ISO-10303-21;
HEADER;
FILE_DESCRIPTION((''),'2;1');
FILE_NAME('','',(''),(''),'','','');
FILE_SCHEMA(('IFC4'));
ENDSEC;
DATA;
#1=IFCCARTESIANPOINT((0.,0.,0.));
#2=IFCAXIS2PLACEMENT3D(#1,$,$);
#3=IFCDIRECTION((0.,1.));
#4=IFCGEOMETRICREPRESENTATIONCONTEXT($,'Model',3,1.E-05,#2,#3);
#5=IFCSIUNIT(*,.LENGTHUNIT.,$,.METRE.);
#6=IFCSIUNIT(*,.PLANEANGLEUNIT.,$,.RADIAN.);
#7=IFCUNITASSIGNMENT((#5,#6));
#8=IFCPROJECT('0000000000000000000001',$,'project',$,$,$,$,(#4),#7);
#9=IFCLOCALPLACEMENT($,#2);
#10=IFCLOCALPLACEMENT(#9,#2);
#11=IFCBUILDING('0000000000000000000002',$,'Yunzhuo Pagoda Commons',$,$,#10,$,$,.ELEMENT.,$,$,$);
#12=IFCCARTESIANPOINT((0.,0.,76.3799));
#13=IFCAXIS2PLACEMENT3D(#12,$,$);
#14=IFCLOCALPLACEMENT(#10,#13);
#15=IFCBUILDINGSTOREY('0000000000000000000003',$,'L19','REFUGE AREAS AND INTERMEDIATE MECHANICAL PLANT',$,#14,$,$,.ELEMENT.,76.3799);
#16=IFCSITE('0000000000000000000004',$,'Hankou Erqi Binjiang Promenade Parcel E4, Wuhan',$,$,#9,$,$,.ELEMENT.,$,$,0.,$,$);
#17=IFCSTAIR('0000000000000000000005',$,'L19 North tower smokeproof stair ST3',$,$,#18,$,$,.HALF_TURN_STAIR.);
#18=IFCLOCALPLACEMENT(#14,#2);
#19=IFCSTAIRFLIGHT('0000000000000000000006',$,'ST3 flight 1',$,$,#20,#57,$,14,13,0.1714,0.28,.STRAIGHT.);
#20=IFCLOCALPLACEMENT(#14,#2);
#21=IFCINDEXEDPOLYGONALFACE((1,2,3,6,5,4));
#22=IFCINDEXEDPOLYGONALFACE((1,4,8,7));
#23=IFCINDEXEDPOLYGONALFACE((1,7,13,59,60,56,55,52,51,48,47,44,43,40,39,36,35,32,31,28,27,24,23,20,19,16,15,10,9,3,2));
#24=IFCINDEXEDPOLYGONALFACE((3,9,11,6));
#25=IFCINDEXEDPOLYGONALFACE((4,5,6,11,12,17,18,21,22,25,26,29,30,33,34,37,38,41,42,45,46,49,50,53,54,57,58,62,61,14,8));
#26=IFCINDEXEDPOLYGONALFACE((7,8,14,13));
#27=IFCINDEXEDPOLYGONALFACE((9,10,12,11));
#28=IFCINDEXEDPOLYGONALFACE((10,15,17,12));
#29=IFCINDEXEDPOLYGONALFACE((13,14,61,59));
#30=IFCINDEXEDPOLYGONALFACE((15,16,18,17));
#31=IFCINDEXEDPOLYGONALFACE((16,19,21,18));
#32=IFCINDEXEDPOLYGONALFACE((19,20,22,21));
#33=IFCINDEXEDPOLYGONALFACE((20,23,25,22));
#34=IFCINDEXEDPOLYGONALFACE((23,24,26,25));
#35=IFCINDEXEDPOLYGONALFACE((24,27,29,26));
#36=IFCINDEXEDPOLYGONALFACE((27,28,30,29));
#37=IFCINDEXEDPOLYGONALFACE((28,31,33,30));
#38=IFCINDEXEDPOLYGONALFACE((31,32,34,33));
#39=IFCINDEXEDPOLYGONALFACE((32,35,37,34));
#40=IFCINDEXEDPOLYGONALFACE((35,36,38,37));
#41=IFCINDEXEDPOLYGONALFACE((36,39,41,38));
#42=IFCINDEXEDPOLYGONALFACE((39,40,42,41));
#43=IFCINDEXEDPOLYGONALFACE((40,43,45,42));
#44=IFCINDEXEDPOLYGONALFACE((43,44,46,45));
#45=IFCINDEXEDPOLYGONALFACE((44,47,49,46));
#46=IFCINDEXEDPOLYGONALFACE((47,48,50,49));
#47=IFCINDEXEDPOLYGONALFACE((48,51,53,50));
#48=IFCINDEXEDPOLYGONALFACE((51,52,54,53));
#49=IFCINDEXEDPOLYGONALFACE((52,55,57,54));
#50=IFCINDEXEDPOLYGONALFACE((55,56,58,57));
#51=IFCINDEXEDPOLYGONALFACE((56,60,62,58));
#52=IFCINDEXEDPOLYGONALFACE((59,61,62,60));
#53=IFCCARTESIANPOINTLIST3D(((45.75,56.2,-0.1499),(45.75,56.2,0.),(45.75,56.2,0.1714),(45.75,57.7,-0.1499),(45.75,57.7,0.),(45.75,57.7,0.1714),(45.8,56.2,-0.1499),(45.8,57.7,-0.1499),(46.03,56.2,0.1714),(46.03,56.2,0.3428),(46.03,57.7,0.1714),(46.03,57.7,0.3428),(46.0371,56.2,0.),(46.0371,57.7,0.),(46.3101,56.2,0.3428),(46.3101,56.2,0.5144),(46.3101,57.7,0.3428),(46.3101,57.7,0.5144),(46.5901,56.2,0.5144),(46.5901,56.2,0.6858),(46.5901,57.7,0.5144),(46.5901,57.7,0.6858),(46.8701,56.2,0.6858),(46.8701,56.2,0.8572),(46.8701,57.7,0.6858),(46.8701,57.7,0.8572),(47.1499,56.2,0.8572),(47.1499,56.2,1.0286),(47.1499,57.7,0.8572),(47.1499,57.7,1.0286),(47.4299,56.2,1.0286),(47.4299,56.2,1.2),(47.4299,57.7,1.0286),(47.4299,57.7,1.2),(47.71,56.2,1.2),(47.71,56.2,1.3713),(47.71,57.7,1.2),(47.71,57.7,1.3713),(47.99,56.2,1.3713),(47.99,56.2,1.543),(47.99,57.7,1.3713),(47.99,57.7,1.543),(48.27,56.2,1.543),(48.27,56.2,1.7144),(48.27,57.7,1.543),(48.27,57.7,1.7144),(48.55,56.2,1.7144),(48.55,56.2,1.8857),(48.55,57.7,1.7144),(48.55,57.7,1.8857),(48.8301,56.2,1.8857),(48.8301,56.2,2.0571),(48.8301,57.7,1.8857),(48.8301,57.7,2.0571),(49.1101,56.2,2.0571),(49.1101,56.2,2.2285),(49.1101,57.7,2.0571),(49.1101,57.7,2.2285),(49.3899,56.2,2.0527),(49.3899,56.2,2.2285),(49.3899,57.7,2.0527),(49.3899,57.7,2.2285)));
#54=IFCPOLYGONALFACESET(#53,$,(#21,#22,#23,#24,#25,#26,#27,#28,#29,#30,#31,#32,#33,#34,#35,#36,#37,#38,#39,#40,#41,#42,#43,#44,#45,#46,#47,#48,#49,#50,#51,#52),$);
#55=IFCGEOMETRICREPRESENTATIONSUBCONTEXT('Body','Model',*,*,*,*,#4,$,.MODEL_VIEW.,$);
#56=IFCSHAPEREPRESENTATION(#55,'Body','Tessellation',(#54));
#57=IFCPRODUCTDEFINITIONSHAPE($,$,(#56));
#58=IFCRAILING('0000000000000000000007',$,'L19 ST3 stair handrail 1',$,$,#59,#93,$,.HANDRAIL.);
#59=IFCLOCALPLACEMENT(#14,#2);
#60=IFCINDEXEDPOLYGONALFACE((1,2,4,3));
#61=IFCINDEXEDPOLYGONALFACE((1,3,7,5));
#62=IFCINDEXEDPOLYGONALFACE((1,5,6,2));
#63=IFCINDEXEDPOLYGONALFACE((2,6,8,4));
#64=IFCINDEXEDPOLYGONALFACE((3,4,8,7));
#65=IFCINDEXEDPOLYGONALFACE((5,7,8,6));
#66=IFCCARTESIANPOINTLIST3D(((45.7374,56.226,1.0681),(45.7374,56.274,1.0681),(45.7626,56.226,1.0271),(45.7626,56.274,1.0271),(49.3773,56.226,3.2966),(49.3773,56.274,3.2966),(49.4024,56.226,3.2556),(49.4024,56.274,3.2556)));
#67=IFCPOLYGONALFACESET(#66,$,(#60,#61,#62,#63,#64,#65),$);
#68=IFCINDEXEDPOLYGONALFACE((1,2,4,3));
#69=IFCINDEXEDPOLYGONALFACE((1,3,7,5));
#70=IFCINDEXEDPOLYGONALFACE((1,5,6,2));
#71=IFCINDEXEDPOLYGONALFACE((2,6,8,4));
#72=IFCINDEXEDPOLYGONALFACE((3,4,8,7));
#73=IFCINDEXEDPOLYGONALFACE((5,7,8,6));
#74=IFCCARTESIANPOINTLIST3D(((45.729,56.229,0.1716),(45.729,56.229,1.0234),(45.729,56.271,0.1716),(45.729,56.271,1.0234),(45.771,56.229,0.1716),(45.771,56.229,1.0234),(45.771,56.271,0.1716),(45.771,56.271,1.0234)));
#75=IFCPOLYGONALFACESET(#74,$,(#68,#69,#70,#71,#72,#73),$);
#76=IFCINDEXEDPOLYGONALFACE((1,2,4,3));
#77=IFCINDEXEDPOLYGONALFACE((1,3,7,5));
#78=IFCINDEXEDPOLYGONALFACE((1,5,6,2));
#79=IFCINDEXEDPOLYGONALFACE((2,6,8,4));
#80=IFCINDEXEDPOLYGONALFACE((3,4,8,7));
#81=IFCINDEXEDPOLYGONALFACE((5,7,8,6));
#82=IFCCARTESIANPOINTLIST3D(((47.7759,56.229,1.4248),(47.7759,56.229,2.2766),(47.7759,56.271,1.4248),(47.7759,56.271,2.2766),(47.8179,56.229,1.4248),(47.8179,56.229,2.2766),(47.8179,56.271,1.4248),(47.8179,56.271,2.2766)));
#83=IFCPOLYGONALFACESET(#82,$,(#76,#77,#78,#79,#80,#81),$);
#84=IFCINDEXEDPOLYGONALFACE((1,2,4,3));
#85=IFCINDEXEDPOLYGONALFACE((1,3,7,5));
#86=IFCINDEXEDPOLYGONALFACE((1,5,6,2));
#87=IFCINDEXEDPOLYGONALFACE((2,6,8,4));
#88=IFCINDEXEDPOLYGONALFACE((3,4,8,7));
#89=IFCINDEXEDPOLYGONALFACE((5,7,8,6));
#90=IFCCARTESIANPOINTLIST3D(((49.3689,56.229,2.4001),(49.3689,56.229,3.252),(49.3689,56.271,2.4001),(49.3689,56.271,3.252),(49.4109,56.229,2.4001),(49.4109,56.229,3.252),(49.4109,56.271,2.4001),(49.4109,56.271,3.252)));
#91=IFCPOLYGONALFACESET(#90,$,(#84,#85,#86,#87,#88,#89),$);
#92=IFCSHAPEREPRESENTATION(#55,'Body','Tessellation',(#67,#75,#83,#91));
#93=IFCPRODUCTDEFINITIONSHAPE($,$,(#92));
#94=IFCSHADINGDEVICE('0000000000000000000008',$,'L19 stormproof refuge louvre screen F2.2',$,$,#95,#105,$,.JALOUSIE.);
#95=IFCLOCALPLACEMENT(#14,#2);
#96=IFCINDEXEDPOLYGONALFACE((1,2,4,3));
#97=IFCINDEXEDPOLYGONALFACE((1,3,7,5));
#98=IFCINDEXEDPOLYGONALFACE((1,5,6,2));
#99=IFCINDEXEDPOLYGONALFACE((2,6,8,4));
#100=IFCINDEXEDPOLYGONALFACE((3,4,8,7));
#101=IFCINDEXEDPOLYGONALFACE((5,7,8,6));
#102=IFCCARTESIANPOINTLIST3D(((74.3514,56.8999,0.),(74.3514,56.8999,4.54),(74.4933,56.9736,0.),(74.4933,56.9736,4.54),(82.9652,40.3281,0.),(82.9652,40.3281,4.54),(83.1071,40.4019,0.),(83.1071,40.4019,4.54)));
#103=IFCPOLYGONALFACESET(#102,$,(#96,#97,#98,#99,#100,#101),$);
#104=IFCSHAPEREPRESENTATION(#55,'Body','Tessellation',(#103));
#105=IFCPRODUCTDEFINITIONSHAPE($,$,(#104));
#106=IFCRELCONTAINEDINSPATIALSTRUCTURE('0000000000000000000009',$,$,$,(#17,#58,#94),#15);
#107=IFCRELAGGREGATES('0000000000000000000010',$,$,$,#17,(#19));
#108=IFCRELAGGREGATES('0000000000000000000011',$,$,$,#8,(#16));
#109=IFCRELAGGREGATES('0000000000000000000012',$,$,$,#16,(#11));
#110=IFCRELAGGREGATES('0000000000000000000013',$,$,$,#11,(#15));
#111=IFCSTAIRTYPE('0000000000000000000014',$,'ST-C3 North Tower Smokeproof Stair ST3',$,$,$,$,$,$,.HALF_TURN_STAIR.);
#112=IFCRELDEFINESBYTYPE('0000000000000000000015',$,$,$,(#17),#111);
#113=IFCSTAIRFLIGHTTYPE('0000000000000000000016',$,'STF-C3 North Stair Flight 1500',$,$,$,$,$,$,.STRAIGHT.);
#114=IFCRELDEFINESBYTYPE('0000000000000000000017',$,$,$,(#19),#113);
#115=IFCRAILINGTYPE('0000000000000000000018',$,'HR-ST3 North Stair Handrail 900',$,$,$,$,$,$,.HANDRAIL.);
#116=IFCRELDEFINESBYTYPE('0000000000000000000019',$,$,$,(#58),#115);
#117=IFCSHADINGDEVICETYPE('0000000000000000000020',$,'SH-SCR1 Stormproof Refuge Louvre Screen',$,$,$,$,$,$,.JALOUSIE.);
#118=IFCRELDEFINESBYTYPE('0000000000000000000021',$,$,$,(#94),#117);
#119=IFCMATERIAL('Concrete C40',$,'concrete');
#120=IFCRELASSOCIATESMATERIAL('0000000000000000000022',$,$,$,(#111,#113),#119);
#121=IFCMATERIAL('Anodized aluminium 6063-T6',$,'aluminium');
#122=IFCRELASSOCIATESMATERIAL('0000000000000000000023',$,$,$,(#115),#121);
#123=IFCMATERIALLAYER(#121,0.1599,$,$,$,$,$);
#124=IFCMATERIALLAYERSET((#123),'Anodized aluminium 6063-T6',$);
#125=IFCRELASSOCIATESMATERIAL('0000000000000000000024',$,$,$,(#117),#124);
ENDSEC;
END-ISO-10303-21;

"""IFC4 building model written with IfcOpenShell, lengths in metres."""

from ifc_helpers import new_model, si_unit, direction, frame, origin, origin_2d, place, context, subcontext, project, spatial, polyline, rectangle, outline, extrude, source, transform, mapped, material, layer, layer_set, type_object, element, aggregate, save


model = new_model("IFC4")

# Units and contexts
model_context = context("Model", 3, precision=1e-05, world=origin(), true_north=direction((0.0, 1.0)))
body_context = subcontext(model_context, "Body", "Model", "MODEL_VIEW")
ifc_project = project(units=[si_unit("LENGTHUNIT", "METRE"), si_unit("PLANEANGLEUNIT", "RADIAN")], contexts=[model_context])

# Site, building, storey
site_placement = place(None, origin())
site = spatial("IfcSite", under=ifc_project, at=site_placement, Name="Hankou Erqi Binjiang Promenade Parcel E4, Wuhan", CompositionType="ELEMENT", RefElevation=0.0)
building_placement = place(site_placement, origin())
building = spatial("IfcBuilding", under=site, at=building_placement, Name="Yunzhuo Pagoda Commons", CompositionType="ELEMENT")
storey_placement = place(building_placement, frame((0.0, 0.0, 76.3799)))
storey = spatial("IfcBuildingStorey", under=building, at=storey_placement, Name="L19", Description="REFUGE AREAS AND INTERMEDIATE MECHANICAL PLANT", CompositionType="ELEMENT", Elevation=76.3799)

# Stair, stair flight
ifc_material_1 = material(Name="Concrete C40", Category="concrete")
stair_type = type_object("IfcStairType", Name="ST-C3 North Tower Smokeproof Stair ST3", PredefinedType="HALF_TURN_STAIR", material=ifc_material_1)
stair_placement = place(storey_placement, origin())
stair = element("IfcStair", 1, at=stair_placement, inside=storey, type_object=stair_type, Name="L19 North tower smokeproof stair ST3", PredefinedType="HALF_TURN_STAIR")
stair_flight_type = type_object("IfcStairFlightType", Name="STF-C3 North Stair Flight 1500", PredefinedType="STRAIGHT", material=ifc_material_1)
shared_shape_1 = source(origin(), body_context, "Body", "SweptSolid", [
    extrude(outline(polyline([(0.0, -0.1499), (0.0, 0.0), (0.0, 0.1714), (0.28, 0.1714), (0.28, 0.3428), (0.5601, 0.3428), (0.5601, 0.5144), (0.8401, 0.5144), (0.8401, 0.6858), (1.1201, 0.6858), (1.1201, 0.8572), (1.3999, 0.8572), (1.3999, 1.0286), (1.6799, 1.0286), (1.6799, 1.2), (1.96, 1.2), (1.96, 1.3713), (2.24, 1.3713), (2.24, 1.543), (2.52, 1.543), (2.52, 1.7144), (2.8, 1.7144), (2.8, 1.8857), (3.0801, 1.8857), (3.0801, 2.0571), (3.3601, 2.0571), (3.3601, 2.2285), (3.6399, 2.2285), (3.6399, 2.3999), (3.6399, 2.0527), (0.2871, 0.0), (0.05, -0.1499), (0.0, -0.1499)])), frame((0.0, 0.75, 0.0), z_axis=(0.0, -1.0, 0.0), x_axis=(1.0, 0.0, 0.0)), (0.0, 0.0, 1.0), 1.5),
])
stair_flight_placement = place(storey_placement, frame((45.75, 56.95, 0.0), z_axis=(0.0, 0.0, 1.0), x_axis=(1.0, 0.0, 0.0)))
stair_flight = element("IfcStairFlight", 2, at=stair_flight_placement, type_object=stair_flight_type, Name="ST3 flight 1", NumberOfRisers=14, NumberOfTreads=13, PredefinedType="STRAIGHT", RiserHeight=0.1714, TreadLength=0.28, context=body_context, shape_type="MappedRepresentation", body=[
    mapped(shared_shape_1, transform((0.0, 0.0, 0.0), scale=1.0)),
])
aggregate(stair, [stair_flight])

# Railing
ifc_material_2 = material(Name="Anodized aluminium 6063-T6", Category="aluminium")
railing_type = type_object("IfcRailingType", Name="HR-ST3 North Stair Handrail 900", PredefinedType="HANDRAIL", material=ifc_material_2)
railing_placement = place(storey_placement, frame((45.75, 56.25, 0.1716)))
element("IfcRailing", 3, at=railing_placement, inside=storey, type_object=railing_type, Name="L19 ST3 stair handrail 1", PredefinedType="HANDRAIL", context=body_context, shape_type="SweptSolid", body=[
    extrude(rectangle(XDim=0.0481, YDim=0.0481, at=origin_2d()), frame((0.0, 0.0, 0.876), z_axis=(0.85285, 0.0, 0.522156), x_axis=(0.0, 1.0, 0.0)), (0.0, 0.0, 1.0), 4.2678),
    extrude(rectangle(XDim=0.042, YDim=0.042, at=origin_2d()), origin(), (0.0, 0.0, 1.0), 0.8518),
    extrude(rectangle(XDim=0.042, YDim=0.042, at=origin_2d()), frame((2.0469, 0.0, 1.2532)), (0.0, 0.0, 1.0), 0.8518),
    extrude(rectangle(XDim=0.042, YDim=0.042, at=origin_2d()), frame((3.6399, 0.0, 2.2285)), (0.0, 0.0, 1.0), 0.8518),
])

# Shading device
ifc_layer_1 = layer(ifc_material_2, 0.1599)
ifc_layer_set_1 = layer_set([ifc_layer_1], Name="Anodized aluminium 6063-T6")
shading_device_type = type_object("IfcShadingDeviceType", Name="SH-SCR1 Stormproof Refuge Louvre Screen", PredefinedType="JALOUSIE", material=ifc_layer_set_1)
shared_shape_2 = source(origin(), body_context, "Body", "SweptSolid", [
    extrude(rectangle(XDim=18.6768, YDim=0.1599, at=origin_2d()), origin(), (0.0, 0.0, 1.0), 4.54),
])
shading_device_placement = place(storey_placement, frame((78.7292, 48.6509, 0.0), z_axis=(0.0, 0.0, 1.0), x_axis=(-0.461207, 0.887293, 0.0)))
element("IfcShadingDevice", 4, at=shading_device_placement, inside=storey, type_object=shading_device_type, Name="L19 stormproof refuge louvre screen F2.2", PredefinedType="JALOUSIE", context=body_context, shape_type="MappedRepresentation", body=[
    mapped(shared_shape_2, transform((0.0, 0.0, 0.0), scale=1.0)),
])

save(model, "model.ifc")
